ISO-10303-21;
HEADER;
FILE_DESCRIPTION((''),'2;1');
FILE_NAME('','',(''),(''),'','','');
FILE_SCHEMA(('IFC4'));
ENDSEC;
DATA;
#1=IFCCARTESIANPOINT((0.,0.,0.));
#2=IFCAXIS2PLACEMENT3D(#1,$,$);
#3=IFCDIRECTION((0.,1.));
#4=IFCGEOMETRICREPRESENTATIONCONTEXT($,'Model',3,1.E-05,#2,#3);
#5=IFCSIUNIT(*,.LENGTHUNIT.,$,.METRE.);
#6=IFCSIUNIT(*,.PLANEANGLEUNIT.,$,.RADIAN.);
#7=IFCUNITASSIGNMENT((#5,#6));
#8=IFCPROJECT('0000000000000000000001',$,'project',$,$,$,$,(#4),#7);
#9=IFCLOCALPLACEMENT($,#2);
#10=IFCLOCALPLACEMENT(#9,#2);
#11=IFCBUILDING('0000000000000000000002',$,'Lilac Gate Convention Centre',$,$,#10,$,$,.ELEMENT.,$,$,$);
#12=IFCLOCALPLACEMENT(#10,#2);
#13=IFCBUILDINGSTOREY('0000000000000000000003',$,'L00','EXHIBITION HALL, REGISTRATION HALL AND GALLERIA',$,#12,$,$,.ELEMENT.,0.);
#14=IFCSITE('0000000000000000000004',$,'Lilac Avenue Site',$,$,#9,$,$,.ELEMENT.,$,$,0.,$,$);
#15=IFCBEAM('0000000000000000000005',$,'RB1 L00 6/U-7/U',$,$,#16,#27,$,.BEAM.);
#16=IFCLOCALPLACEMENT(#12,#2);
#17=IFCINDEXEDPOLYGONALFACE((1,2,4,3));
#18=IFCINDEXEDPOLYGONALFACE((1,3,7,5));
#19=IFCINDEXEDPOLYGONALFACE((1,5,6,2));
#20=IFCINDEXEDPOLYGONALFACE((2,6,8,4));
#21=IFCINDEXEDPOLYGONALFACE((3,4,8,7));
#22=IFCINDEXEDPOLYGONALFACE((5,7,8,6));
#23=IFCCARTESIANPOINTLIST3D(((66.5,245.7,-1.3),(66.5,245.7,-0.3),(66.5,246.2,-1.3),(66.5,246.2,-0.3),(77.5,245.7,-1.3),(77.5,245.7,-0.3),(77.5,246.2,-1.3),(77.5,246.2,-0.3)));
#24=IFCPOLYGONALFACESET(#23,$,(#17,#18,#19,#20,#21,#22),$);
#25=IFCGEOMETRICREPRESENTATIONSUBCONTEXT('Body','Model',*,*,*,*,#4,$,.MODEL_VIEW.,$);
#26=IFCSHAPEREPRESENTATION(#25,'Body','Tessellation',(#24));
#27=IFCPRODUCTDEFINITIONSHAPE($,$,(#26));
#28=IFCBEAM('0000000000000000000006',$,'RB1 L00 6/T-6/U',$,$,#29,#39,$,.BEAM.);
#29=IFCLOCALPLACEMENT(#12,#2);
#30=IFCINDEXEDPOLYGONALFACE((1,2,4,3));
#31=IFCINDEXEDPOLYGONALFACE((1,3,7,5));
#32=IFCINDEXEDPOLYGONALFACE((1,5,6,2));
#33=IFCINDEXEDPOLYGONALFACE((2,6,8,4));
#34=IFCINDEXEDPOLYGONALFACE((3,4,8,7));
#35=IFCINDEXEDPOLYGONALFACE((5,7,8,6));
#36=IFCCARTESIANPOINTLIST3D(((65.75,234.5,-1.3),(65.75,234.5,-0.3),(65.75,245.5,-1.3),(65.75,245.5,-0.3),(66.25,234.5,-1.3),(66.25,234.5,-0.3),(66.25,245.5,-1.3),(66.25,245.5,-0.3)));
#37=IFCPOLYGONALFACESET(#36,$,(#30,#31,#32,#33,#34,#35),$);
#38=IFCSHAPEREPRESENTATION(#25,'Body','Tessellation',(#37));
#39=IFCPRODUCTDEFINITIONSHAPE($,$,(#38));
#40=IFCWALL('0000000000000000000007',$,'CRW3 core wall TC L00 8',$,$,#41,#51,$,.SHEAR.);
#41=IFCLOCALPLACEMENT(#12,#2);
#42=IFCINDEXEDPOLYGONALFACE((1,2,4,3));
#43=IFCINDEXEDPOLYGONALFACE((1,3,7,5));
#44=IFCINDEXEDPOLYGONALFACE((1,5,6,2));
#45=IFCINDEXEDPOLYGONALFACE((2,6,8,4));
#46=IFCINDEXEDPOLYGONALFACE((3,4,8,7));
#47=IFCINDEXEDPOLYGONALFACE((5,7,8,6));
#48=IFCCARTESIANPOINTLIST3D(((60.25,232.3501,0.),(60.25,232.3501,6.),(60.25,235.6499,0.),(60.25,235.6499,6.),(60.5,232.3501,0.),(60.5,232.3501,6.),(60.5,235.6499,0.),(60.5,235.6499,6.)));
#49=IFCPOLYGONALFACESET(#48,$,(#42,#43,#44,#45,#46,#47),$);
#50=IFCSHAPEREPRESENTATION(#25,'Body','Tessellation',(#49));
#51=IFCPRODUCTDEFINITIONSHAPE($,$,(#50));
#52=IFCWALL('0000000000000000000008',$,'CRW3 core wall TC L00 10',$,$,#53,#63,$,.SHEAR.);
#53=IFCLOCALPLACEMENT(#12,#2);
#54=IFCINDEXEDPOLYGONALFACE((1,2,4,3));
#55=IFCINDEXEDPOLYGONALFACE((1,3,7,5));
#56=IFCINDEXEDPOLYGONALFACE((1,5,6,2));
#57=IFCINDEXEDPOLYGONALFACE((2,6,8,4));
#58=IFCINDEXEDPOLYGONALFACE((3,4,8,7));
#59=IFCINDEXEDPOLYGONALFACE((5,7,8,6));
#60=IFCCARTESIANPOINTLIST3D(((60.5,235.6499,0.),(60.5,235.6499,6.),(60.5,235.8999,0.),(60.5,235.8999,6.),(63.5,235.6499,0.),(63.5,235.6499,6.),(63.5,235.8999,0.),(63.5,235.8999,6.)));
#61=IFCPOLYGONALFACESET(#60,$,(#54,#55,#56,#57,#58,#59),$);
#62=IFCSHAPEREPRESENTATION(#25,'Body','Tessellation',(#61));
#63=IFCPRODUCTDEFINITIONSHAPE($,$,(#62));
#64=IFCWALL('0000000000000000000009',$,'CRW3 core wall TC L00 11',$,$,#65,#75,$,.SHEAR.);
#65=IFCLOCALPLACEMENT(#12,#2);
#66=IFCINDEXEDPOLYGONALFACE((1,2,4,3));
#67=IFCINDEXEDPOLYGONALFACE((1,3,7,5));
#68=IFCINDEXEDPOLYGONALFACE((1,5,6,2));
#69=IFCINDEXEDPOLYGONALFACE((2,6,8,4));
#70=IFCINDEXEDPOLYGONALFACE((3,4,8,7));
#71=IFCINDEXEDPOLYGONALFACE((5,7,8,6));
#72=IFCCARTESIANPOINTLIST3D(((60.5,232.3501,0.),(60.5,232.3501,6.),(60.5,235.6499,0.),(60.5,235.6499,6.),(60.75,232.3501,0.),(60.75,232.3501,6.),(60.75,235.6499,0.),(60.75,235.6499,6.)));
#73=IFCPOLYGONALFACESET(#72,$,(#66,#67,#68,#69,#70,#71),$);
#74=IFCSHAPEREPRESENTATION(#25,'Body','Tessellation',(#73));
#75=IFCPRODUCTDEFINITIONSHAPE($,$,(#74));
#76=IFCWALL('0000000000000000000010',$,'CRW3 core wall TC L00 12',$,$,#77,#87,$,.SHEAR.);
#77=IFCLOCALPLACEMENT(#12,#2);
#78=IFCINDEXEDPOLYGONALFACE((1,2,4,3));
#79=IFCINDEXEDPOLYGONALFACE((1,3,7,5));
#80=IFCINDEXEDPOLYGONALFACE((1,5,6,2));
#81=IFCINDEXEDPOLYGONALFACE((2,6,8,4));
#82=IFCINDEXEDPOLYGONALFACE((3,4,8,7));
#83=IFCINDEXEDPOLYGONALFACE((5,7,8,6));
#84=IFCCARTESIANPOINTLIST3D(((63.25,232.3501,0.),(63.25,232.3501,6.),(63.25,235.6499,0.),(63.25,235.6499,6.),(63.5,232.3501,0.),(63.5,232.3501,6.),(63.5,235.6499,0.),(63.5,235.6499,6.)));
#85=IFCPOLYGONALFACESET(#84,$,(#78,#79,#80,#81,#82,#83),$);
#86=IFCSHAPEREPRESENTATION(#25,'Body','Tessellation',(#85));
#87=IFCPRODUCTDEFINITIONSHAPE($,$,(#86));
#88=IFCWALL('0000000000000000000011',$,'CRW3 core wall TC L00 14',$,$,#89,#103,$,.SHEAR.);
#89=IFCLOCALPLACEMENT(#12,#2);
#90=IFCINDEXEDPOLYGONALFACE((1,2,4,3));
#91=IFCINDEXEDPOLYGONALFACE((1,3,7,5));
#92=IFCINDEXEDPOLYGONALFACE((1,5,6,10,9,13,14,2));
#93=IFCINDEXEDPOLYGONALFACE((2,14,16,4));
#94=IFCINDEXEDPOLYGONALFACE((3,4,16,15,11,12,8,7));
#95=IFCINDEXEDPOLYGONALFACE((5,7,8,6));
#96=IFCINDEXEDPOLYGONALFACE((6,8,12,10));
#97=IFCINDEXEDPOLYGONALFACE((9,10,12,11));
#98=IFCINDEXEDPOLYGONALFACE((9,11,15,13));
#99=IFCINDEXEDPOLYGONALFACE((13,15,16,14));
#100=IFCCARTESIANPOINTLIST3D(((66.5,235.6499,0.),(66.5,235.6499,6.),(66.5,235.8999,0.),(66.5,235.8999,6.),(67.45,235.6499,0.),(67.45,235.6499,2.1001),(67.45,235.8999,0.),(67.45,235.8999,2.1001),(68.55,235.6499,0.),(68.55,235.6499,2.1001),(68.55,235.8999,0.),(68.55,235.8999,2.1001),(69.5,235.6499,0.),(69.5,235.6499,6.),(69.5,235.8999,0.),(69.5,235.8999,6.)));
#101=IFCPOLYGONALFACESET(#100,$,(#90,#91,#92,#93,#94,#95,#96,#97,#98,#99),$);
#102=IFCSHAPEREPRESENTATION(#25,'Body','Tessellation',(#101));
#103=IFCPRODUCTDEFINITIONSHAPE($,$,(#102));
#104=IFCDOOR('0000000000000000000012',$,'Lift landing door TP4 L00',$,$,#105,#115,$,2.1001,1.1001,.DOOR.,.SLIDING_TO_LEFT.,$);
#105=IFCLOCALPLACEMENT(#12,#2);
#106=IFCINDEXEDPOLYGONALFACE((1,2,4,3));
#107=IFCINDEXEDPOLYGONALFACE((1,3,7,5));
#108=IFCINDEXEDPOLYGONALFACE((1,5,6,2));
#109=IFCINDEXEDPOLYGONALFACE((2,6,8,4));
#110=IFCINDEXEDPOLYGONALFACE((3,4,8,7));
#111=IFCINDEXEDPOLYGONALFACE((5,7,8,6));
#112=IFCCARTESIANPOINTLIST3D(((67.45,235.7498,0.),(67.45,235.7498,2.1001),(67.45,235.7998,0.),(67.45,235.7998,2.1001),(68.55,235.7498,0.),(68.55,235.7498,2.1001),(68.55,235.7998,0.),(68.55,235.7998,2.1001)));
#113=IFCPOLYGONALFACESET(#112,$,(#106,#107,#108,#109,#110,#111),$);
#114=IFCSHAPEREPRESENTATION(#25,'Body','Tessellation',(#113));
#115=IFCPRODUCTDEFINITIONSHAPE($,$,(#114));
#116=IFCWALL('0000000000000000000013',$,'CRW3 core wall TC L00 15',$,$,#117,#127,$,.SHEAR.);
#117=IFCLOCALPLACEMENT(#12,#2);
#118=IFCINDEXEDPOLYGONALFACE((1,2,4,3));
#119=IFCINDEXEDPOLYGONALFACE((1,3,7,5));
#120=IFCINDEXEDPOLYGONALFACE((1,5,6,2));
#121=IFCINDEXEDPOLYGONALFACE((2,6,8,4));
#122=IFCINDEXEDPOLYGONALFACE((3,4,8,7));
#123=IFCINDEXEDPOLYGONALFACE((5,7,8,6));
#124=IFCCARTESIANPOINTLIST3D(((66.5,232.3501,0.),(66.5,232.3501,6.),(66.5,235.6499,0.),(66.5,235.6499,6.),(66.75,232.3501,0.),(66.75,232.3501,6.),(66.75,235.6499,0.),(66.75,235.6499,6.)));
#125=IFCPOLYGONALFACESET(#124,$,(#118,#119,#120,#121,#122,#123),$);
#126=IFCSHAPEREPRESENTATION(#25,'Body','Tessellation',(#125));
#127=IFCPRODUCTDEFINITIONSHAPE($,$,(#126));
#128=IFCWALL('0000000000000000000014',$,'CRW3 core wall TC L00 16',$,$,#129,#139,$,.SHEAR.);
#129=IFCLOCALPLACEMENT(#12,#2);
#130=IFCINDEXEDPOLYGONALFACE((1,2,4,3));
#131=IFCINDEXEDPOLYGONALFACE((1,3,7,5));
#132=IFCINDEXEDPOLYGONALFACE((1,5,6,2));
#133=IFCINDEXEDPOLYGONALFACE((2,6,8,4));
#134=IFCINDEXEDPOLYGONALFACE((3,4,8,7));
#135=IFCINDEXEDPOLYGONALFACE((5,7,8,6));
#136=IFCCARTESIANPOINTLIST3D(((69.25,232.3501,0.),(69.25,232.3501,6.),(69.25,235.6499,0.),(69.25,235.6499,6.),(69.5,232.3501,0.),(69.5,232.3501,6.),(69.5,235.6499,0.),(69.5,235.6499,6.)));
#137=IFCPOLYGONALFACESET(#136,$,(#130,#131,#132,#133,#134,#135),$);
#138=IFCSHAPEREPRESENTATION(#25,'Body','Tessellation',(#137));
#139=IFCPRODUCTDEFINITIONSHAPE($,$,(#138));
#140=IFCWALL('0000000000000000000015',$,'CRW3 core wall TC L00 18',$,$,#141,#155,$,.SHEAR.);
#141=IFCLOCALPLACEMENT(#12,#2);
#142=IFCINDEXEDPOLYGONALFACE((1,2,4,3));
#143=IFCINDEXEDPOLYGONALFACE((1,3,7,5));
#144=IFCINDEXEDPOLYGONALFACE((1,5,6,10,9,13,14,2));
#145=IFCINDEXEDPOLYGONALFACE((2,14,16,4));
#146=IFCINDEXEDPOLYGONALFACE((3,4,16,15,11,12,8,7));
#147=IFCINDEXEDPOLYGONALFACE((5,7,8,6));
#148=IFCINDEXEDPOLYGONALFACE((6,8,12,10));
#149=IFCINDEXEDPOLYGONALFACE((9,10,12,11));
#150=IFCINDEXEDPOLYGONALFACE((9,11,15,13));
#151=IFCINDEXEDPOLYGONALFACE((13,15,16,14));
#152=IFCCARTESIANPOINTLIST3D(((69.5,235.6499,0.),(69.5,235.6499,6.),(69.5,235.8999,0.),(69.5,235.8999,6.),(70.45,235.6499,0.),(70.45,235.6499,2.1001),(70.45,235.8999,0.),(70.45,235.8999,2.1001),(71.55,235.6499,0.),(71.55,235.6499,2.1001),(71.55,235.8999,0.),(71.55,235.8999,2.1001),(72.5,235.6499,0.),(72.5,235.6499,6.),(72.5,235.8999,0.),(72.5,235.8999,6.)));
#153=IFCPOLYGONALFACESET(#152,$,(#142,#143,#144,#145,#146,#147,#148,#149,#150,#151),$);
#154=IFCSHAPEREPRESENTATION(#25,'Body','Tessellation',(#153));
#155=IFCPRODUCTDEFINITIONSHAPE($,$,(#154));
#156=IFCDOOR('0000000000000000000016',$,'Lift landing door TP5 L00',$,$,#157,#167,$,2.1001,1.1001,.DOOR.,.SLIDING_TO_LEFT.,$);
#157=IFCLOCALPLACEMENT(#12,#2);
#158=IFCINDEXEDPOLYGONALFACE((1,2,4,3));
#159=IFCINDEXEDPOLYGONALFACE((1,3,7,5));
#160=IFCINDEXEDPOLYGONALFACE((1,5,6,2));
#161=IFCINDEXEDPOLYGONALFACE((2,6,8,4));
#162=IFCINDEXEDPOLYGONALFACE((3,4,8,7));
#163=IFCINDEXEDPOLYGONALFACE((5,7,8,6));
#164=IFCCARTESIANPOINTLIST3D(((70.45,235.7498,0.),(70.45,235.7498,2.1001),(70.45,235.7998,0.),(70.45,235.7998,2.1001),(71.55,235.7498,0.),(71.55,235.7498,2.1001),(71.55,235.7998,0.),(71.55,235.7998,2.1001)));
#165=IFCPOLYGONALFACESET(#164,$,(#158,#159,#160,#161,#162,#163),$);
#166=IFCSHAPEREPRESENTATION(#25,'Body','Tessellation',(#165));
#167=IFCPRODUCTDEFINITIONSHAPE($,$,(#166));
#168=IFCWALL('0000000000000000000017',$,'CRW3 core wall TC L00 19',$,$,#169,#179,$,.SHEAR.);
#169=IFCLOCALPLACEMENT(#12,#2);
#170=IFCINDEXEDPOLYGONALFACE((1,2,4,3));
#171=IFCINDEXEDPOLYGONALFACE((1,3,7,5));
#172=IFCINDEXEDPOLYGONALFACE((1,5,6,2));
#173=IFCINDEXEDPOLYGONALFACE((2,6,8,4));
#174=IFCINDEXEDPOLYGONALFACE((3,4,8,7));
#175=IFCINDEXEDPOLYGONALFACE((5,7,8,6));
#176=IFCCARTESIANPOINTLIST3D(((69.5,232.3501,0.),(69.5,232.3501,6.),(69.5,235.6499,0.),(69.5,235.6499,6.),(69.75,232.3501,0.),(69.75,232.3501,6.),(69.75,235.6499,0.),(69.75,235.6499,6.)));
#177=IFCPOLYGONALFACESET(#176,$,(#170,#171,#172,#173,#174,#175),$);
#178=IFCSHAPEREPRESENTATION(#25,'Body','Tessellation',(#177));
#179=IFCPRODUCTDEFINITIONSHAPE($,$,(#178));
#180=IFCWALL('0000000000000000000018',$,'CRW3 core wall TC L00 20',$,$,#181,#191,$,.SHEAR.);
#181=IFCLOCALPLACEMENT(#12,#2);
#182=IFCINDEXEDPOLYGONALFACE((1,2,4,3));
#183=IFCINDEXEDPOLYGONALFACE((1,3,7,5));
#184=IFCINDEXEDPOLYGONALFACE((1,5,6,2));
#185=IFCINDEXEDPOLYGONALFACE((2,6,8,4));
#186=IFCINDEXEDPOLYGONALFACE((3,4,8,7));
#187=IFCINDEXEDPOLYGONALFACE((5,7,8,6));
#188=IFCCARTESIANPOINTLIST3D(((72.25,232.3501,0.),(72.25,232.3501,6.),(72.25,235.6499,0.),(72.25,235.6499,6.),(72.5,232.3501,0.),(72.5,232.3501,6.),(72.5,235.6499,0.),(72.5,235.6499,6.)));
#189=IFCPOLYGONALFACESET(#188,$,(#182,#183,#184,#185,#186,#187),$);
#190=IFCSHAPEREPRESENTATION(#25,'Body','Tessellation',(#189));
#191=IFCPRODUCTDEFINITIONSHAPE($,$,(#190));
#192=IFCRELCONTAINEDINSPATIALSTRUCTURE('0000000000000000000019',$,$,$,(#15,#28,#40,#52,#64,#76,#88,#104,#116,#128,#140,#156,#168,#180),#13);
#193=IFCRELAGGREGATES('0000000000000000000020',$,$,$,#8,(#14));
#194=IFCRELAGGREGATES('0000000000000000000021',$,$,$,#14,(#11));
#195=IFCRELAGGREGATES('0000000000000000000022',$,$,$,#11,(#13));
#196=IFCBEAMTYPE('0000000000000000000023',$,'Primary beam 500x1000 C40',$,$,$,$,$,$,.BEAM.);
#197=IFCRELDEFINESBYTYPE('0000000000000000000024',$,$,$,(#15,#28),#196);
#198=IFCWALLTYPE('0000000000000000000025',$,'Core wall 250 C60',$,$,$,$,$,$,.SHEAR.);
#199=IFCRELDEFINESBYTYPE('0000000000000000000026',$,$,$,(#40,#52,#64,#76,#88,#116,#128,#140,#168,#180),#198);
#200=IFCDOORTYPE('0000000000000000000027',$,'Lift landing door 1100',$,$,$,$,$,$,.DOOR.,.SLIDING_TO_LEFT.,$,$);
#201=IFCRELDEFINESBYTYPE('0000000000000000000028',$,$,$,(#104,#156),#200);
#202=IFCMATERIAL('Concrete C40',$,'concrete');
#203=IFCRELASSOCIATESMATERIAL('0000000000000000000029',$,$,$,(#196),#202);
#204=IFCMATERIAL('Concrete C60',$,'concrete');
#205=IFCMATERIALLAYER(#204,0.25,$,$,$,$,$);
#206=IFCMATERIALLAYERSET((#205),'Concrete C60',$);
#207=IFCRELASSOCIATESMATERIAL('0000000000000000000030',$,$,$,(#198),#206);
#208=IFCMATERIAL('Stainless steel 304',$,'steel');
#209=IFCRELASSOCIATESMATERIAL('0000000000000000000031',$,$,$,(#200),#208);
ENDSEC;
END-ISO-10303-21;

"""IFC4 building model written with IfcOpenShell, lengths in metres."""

from ifc_helpers import new_model, si_unit, direction, frame, frame_2d, origin, origin_2d, place, context, subcontext, project, spatial, rectangle, extrude, material, layer, layer_set, material_profile, profile_set, type_object, element, fill, save


model = new_model("IFC4")

# Units and contexts
model_context = context("Model", 3, precision=1e-05, world=origin(), true_north=direction((0.0, 1.0)))
body_context = subcontext(model_context, "Body", "Model", "MODEL_VIEW")
ifc_project = project(units=[si_unit("LENGTHUNIT", "METRE"), si_unit("PLANEANGLEUNIT", "RADIAN")], contexts=[model_context])

# Site, building, storey
site_placement = place(None, origin())
site = spatial("IfcSite", under=ifc_project, at=site_placement, Name="Lilac Avenue Site", CompositionType="ELEMENT", RefElevation=0.0)
building_placement = place(site_placement, origin())
building = spatial("IfcBuilding", under=site, at=building_placement, Name="Lilac Gate Convention Centre", CompositionType="ELEMENT")
storey_placement = place(building_placement, origin())
storey = spatial("IfcBuildingStorey", under=building, at=storey_placement, Name="L00", Description="EXHIBITION HALL, REGISTRATION HALL AND GALLERIA", CompositionType="ELEMENT", Elevation=0.0)

# Shared definitions
ifc_material_1 = material(Name="Concrete C40", Category="concrete")

# Beams
ifc_material_profile_1 = material_profile(ifc_material_1, rectangle(XDim=0.5, YDim=1.0, at=origin_2d()), Name="RC 500x1000")
ifc_profile_set_1 = profile_set([ifc_material_profile_1], Name="Concrete C40")
beam_type_1 = type_object("IfcBeamType", Name="Primary beam 500x1000 C40", PredefinedType="BEAM", material=ifc_profile_set_1)
for number, where, z_axis, x_axis, name in (
    (1, (66.5, 245.95, -0.8), (1.0, 0.0, 0.0), (0.0, 1.0, 0.0), "RB1 L00 6/U-7/U"),
    (2, (66.0, 234.5, -0.8), (0.0, 1.0, 0.0), (-1.0, 0.0, 0.0), "RB1 L00 6/T-6/U"),
):
    element("IfcBeam", number, at=place(storey_placement, frame(where, z_axis=z_axis, x_axis=x_axis)), inside=storey, type_object=beam_type_1, Name=name, PredefinedType="BEAM", context=body_context, shape_type="SweptSolid", body=[
        extrude(rectangle(XDim=0.5, YDim=1.0, at=origin_2d()), origin(), (0.0, 0.0, 1.0), 11.0),
    ])

# Walls
ifc_material_2 = material(Name="Concrete C60", Category="concrete")
ifc_layer_1 = layer(ifc_material_2, 0.25)
ifc_layer_set_1 = layer_set([ifc_layer_1], Name="Concrete C60")
wall_type_1 = type_object("IfcWallType", Name="Core wall 250 C60", PredefinedType="SHEAR", material=ifc_layer_set_1)
wall_1_placement = place(storey_placement, frame((60.375, 232.3501, 0.0), z_axis=(0.0, 0.0, 1.0), x_axis=(0.0, 1.0, 0.0)))
element("IfcWall", 3, at=wall_1_placement, inside=storey, type_object=wall_type_1, Name="CRW3 core wall TC L00 8", PredefinedType="SHEAR", context=body_context, shape_type="SweptSolid", body=[
    extrude(rectangle(XDim=3.2998, YDim=0.25, at=frame_2d((1.6499, 0.0))), origin(), (0.0, 0.0, 1.0), 6.0),
])
wall_2_placement = place(storey_placement, frame((60.5, 235.7749, 0.0), z_axis=(0.0, 0.0, 1.0), x_axis=(1.0, 0.0, 0.0)))
element("IfcWall", 4, at=wall_2_placement, inside=storey, type_object=wall_type_1, Name="CRW3 core wall TC L00 10", PredefinedType="SHEAR", context=body_context, shape_type="SweptSolid", body=[
    extrude(rectangle(XDim=3.0, YDim=0.25, at=frame_2d((1.5, 0.0))), origin(), (0.0, 0.0, 1.0), 6.0),
])
for number, where, z_axis, x_axis, name in (
    (5, (60.625, 232.3501, 0.0), (0.0, 0.0, 1.0), (0.0, 1.0, 0.0), "CRW3 core wall TC L00 11"),
    (6, (63.375, 232.3501, 0.0), (0.0, 0.0, 1.0), (0.0, 1.0, 0.0), "CRW3 core wall TC L00 12"),
):
    element("IfcWall", number, at=place(storey_placement, frame(where, z_axis=z_axis, x_axis=x_axis)), inside=storey, type_object=wall_type_1, Name=name, PredefinedType="SHEAR", context=body_context, shape_type="SweptSolid", body=[
        extrude(rectangle(XDim=3.2998, YDim=0.25, at=frame_2d((1.6499, 0.0))), origin(), (0.0, 0.0, 1.0), 6.0),
    ])

# Wall, opening, door
wall_3_placement = place(storey_placement, frame((66.5, 235.7749, 0.0), z_axis=(0.0, 0.0, 1.0), x_axis=(1.0, 0.0, 0.0)))
wall_3 = element("IfcWall", 7, at=wall_3_placement, inside=storey, type_object=wall_type_1, Name="CRW3 core wall TC L00 14", PredefinedType="SHEAR", context=body_context, shape_type="SweptSolid", body=[
    extrude(rectangle(XDim=3.0, YDim=0.25, at=frame_2d((1.5, 0.0))), origin(), (0.0, 0.0, 1.0), 6.0),
])
opening_1_placement = place(wall_3_placement, frame((0.95, 0.0, 0.0)))
opening_1 = element("IfcOpeningElement", 8, at=opening_1_placement, cuts=wall_3, PredefinedType="OPENING", context=body_context, shape_type="SweptSolid", body=[
    extrude(rectangle(XDim=1.1001, YDim=2.1001, at=frame_2d((0.55, 1.05))), frame((0.0, 0.135, 0.0), z_axis=(0.0, -1.0, 0.0), x_axis=(1.0, 0.0, 0.0)), (0.0, 0.0, 1.0), 0.27),
])
ifc_material_3 = material(Name="Stainless steel 304", Category="steel")
door_type_1 = type_object("IfcDoorType", Name="Lift landing door 1100", OperationType="SLIDING_TO_LEFT", PredefinedType="DOOR", material=ifc_material_3)
door_1_placement = place(opening_1_placement, origin())
door_1 = element("IfcDoor", 9, at=door_1_placement, inside=storey, type_object=door_type_1, Name="Lift landing door TP4 L00", OperationType="SLIDING_TO_LEFT", OverallHeight=2.1001, OverallWidth=1.1001, PredefinedType="DOOR", context=body_context, shape_type="SweptSolid", body=[
    extrude(rectangle(XDim=1.1001, YDim=2.1001, at=frame_2d((0.55, 1.05))), frame((0.0, 0.0249, 0.0), z_axis=(0.0, -1.0, 0.0), x_axis=(1.0, 0.0, 0.0)), (0.0, 0.0, 1.0), 0.05),
])
fill(opening_1, door_1)

# Walls
for number, where, z_axis, x_axis, name in (
    (10, (66.625, 232.3501, 0.0), (0.0, 0.0, 1.0), (0.0, 1.0, 0.0), "CRW3 core wall TC L00 15"),
    (11, (69.375, 232.3501, 0.0), (0.0, 0.0, 1.0), (0.0, 1.0, 0.0), "CRW3 core wall TC L00 16"),
):
    element("IfcWall", number, at=place(storey_placement, frame(where, z_axis=z_axis, x_axis=x_axis)), inside=storey, type_object=wall_type_1, Name=name, PredefinedType="SHEAR", context=body_context, shape_type="SweptSolid", body=[
        extrude(rectangle(XDim=3.2998, YDim=0.25, at=frame_2d((1.6499, 0.0))), origin(), (0.0, 0.0, 1.0), 6.0),
    ])

# Wall, opening, door
wall_4_placement = place(storey_placement, frame((69.5, 235.7749, 0.0), z_axis=(0.0, 0.0, 1.0), x_axis=(1.0, 0.0, 0.0)))
wall_4 = element("IfcWall", 12, at=wall_4_placement, inside=storey, type_object=wall_type_1, Name="CRW3 core wall TC L00 18", PredefinedType="SHEAR", context=body_context, shape_type="SweptSolid", body=[
    extrude(rectangle(XDim=3.0, YDim=0.25, at=frame_2d((1.5, 0.0))), origin(), (0.0, 0.0, 1.0), 6.0),
])
opening_2_placement = place(wall_4_placement, frame((0.95, 0.0, 0.0)))
opening_2 = element("IfcOpeningElement", 13, at=opening_2_placement, cuts=wall_4, PredefinedType="OPENING", context=body_context, shape_type="SweptSolid", body=[
    extrude(rectangle(XDim=1.1001, YDim=2.1001, at=frame_2d((0.55, 1.05))), frame((0.0, 0.135, 0.0), z_axis=(0.0, -1.0, 0.0), x_axis=(1.0, 0.0, 0.0)), (0.0, 0.0, 1.0), 0.27),
])
door_2_placement = place(opening_2_placement, origin())
door_2 = element("IfcDoor", 14, at=door_2_placement, inside=storey, type_object=door_type_1, Name="Lift landing door TP5 L00", OperationType="SLIDING_TO_LEFT", OverallHeight=2.1001, OverallWidth=1.1001, PredefinedType="DOOR", context=body_context, shape_type="SweptSolid", body=[
    extrude(rectangle(XDim=1.1001, YDim=2.1001, at=frame_2d((0.55, 1.05))), frame((0.0, 0.0249, 0.0), z_axis=(0.0, -1.0, 0.0), x_axis=(1.0, 0.0, 0.0)), (0.0, 0.0, 1.0), 0.05),
])
fill(opening_2, door_2)

# Walls
for number, where, z_axis, x_axis, name in (
    (15, (69.625, 232.3501, 0.0), (0.0, 0.0, 1.0), (0.0, 1.0, 0.0), "CRW3 core wall TC L00 19"),
    (16, (72.375, 232.3501, 0.0), (0.0, 0.0, 1.0), (0.0, 1.0, 0.0), "CRW3 core wall TC L00 20"),
):
    element("IfcWall", number, at=place(storey_placement, frame(where, z_axis=z_axis, x_axis=x_axis)), inside=storey, type_object=wall_type_1, Name=name, PredefinedType="SHEAR", context=body_context, shape_type="SweptSolid", body=[
        extrude(rectangle(XDim=3.2998, YDim=0.25, at=frame_2d((1.6499, 0.0))), origin(), (0.0, 0.0, 1.0), 6.0),
    ])

save(model, "model.ifc")
